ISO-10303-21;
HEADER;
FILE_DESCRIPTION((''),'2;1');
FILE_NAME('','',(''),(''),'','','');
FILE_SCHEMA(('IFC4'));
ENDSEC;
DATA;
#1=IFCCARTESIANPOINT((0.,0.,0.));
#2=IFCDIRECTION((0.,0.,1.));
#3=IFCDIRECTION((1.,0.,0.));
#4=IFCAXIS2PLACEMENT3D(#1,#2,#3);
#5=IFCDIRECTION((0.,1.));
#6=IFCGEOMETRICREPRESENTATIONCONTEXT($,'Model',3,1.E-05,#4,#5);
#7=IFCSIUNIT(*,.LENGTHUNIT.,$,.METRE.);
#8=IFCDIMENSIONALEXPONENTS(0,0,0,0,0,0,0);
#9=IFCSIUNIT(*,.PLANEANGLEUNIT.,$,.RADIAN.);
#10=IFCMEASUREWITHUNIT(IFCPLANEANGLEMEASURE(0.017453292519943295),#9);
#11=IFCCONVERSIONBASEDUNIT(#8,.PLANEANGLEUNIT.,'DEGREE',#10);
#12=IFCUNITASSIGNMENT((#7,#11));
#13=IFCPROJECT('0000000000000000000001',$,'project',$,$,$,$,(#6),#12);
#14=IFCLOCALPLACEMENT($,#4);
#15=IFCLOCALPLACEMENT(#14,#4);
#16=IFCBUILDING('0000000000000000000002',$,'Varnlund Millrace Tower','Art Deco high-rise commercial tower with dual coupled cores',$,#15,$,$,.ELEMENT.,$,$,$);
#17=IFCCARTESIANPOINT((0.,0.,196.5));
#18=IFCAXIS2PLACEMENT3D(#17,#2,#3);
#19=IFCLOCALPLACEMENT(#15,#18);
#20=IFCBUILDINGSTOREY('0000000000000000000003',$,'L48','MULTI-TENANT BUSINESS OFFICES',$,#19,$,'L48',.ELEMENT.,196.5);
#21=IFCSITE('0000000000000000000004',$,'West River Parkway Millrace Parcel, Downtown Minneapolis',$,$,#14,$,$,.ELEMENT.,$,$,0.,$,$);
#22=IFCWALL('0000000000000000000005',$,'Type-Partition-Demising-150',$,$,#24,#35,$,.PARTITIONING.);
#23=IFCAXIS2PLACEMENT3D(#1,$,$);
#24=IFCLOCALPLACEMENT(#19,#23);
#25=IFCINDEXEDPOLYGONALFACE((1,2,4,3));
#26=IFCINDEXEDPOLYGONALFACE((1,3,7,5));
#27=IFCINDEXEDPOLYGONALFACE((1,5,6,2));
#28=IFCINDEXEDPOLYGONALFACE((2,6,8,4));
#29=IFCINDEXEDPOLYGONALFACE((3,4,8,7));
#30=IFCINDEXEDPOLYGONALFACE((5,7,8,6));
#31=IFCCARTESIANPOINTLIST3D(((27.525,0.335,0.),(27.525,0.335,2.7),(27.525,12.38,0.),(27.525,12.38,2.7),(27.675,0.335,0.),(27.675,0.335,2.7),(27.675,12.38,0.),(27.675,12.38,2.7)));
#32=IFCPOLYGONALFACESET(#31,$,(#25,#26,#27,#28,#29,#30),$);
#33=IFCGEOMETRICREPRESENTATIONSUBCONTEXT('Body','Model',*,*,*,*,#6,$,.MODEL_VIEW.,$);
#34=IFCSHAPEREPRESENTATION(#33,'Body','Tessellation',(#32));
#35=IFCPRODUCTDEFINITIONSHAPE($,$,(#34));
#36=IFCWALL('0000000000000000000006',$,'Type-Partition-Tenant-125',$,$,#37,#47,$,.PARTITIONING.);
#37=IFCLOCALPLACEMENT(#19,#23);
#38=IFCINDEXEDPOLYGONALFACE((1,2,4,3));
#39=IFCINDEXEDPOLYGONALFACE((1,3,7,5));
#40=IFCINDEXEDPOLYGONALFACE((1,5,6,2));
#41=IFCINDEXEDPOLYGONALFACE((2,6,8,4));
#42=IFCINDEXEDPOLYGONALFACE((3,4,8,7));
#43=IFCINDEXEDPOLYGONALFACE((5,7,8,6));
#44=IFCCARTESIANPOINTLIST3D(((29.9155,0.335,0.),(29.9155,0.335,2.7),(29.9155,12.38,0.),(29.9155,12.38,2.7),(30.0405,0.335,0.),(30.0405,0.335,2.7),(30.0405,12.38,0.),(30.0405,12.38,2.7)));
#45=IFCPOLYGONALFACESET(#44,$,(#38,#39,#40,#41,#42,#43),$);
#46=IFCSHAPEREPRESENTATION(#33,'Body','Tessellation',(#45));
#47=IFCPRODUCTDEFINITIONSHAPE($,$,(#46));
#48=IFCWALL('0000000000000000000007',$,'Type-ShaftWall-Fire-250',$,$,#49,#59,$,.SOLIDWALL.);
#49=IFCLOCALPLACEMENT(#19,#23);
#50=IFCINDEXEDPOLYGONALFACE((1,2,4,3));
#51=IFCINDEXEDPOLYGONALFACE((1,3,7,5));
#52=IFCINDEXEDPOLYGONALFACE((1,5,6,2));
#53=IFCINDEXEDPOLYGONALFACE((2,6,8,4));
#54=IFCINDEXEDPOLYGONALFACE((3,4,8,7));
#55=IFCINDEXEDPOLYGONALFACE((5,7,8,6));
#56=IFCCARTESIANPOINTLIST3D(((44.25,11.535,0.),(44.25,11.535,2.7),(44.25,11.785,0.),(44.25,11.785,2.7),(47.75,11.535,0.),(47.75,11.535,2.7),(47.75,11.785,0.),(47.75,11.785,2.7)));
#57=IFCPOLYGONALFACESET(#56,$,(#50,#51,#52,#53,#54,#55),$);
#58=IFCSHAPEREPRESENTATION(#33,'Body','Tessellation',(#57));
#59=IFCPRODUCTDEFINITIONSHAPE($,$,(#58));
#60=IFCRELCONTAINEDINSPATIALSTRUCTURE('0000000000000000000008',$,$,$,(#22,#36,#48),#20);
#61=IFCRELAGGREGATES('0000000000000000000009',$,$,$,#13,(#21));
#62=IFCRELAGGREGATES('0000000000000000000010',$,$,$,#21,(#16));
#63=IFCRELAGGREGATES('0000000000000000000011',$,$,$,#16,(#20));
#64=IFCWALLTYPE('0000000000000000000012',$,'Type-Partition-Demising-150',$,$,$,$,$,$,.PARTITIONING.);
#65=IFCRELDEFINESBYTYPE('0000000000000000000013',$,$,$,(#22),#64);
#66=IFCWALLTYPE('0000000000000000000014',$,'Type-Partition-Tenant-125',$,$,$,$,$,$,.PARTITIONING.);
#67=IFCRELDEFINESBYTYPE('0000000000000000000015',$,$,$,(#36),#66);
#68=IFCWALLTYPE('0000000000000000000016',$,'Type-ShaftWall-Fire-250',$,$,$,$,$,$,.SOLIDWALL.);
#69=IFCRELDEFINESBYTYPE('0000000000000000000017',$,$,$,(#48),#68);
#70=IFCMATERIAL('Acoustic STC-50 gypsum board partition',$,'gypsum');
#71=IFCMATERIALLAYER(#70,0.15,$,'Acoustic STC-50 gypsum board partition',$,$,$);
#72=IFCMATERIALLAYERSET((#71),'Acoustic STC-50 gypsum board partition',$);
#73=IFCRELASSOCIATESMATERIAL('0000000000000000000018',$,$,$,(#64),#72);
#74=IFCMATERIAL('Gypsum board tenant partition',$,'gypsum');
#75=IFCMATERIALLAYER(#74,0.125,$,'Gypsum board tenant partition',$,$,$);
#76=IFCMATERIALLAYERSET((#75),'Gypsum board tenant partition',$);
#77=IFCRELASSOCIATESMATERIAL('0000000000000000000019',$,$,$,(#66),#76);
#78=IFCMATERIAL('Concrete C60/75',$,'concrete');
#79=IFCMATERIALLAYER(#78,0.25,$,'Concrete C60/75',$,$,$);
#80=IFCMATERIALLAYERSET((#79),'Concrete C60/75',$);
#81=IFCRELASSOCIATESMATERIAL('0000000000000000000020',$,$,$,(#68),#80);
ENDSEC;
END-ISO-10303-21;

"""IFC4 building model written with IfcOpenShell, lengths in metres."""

from ifc_helpers import new_model, entity, si_unit, converted_unit, direction, frame, origin_with_axes, place, context, subcontext, project, spatial, polyline, outline, extrude, material, layer, layer_set, type_object, element, save


model = new_model("IFC4")

# Units and contexts
model_context = context("Model", 3, precision=1e-05, world=origin_with_axes(), true_north=direction((0.0, 1.0)))
body_context = subcontext(model_context, "Body", "Model", "MODEL_VIEW")
ifc_project = project(units=[si_unit("LENGTHUNIT", "METRE"), converted_unit("PLANEANGLEUNIT", "DEGREE", entity("IfcPlaneAngleMeasure", 0.017453292519943295), si_unit("PLANEANGLEUNIT", "RADIAN"), dimensions=[0, 0, 0, 0, 0, 0, 0])], contexts=[model_context])

# Site, building, storey
site_placement = place(None, origin_with_axes())
site = spatial("IfcSite", under=ifc_project, at=site_placement, Name="West River Parkway Millrace Parcel, Downtown Minneapolis", CompositionType="ELEMENT", RefElevation=0.0)
building_placement = place(site_placement, origin_with_axes())
building = spatial("IfcBuilding", under=site, at=building_placement, Name="Varnlund Millrace Tower", Description="Art Deco high-rise commercial tower with dual coupled cores", CompositionType="ELEMENT")
storey_placement = place(building_placement, frame((0.0, 0.0, 196.5), z_axis=(0.0, 0.0, 1.0), x_axis=(1.0, 0.0, 0.0)))
storey = spatial("IfcBuildingStorey", under=building, at=storey_placement, Name="L48", Description="MULTI-TENANT BUSINESS OFFICES", LongName="L48", CompositionType="ELEMENT", Elevation=196.5)

# Walls
ifc_material_1 = material(Name="Acoustic STC-50 gypsum board partition", Category="gypsum")
ifc_layer_1 = layer(ifc_material_1, 0.15, Name="Acoustic STC-50 gypsum board partition")
ifc_layer_set_1 = layer_set([ifc_layer_1], Name="Acoustic STC-50 gypsum board partition")
wall_type_1 = type_object("IfcWallType", Name="Type-Partition-Demising-150", PredefinedType="PARTITIONING", material=ifc_layer_set_1)
wall_1_placement = place(storey_placement, frame((27.6, 0.335, 0.0), z_axis=(0.0, 0.0, 1.0), x_axis=(0.0, 1.0, 0.0)))
element("IfcWall", 1, at=wall_1_placement, inside=storey, type_object=wall_type_1, Name="Type-Partition-Demising-150", PredefinedType="PARTITIONING", context=body_context, shape_type="SweptSolid", body=[
    extrude(outline(polyline([(0.0, -0.075), (12.045, -0.075), (12.045, 0.075), (0.0, 0.075), (0.0, -0.075)])), origin_with_axes(), (0.0, 0.0, 1.0), 2.7),
])
ifc_material_2 = material(Name="Gypsum board tenant partition", Category="gypsum")
ifc_layer_2 = layer(ifc_material_2, 0.125, Name="Gypsum board tenant partition")
ifc_layer_set_2 = layer_set([ifc_layer_2], Name="Gypsum board tenant partition")
wall_type_2 = type_object("IfcWallType", Name="Type-Partition-Tenant-125", PredefinedType="PARTITIONING", material=ifc_layer_set_2)
wall_2_placement = place(storey_placement, frame((29.978, 0.335, 0.0), z_axis=(0.0, 0.0, 1.0), x_axis=(0.0, 1.0, 0.0)))
element("IfcWall", 2, at=wall_2_placement, inside=storey, type_object=wall_type_2, Name="Type-Partition-Tenant-125", PredefinedType="PARTITIONING", context=body_context, shape_type="SweptSolid", body=[
    extrude(outline(polyline([(0.0, -0.0625), (12.045, -0.0625), (12.045, 0.0625), (0.0, 0.0625), (0.0, -0.0625)])), origin_with_axes(), (0.0, 0.0, 1.0), 2.7),
])
ifc_material_3 = material(Name="Concrete C60/75", Category="concrete")
ifc_layer_3 = layer(ifc_material_3, 0.25, Name="Concrete C60/75")
ifc_layer_set_3 = layer_set([ifc_layer_3], Name="Concrete C60/75")
wall_type_3 = type_object("IfcWallType", Name="Type-ShaftWall-Fire-250", PredefinedType="SOLIDWALL", material=ifc_layer_set_3)
wall_3_placement = place(storey_placement, frame((44.25, 11.66, 0.0), z_axis=(0.0, 0.0, 1.0), x_axis=(1.0, 0.0, 0.0)))
element("IfcWall", 3, at=wall_3_placement, inside=storey, type_object=wall_type_3, Name="Type-ShaftWall-Fire-250", PredefinedType="SOLIDWALL", context=body_context, shape_type="SweptSolid", body=[
    extrude(outline(polyline([(0.0, -0.125), (3.5, -0.125), (3.5, 0.125), (0.0, 0.125), (0.0, -0.125)])), origin_with_axes(), (0.0, 0.0, 1.0), 2.7),
])

save(model, "model.ifc")
